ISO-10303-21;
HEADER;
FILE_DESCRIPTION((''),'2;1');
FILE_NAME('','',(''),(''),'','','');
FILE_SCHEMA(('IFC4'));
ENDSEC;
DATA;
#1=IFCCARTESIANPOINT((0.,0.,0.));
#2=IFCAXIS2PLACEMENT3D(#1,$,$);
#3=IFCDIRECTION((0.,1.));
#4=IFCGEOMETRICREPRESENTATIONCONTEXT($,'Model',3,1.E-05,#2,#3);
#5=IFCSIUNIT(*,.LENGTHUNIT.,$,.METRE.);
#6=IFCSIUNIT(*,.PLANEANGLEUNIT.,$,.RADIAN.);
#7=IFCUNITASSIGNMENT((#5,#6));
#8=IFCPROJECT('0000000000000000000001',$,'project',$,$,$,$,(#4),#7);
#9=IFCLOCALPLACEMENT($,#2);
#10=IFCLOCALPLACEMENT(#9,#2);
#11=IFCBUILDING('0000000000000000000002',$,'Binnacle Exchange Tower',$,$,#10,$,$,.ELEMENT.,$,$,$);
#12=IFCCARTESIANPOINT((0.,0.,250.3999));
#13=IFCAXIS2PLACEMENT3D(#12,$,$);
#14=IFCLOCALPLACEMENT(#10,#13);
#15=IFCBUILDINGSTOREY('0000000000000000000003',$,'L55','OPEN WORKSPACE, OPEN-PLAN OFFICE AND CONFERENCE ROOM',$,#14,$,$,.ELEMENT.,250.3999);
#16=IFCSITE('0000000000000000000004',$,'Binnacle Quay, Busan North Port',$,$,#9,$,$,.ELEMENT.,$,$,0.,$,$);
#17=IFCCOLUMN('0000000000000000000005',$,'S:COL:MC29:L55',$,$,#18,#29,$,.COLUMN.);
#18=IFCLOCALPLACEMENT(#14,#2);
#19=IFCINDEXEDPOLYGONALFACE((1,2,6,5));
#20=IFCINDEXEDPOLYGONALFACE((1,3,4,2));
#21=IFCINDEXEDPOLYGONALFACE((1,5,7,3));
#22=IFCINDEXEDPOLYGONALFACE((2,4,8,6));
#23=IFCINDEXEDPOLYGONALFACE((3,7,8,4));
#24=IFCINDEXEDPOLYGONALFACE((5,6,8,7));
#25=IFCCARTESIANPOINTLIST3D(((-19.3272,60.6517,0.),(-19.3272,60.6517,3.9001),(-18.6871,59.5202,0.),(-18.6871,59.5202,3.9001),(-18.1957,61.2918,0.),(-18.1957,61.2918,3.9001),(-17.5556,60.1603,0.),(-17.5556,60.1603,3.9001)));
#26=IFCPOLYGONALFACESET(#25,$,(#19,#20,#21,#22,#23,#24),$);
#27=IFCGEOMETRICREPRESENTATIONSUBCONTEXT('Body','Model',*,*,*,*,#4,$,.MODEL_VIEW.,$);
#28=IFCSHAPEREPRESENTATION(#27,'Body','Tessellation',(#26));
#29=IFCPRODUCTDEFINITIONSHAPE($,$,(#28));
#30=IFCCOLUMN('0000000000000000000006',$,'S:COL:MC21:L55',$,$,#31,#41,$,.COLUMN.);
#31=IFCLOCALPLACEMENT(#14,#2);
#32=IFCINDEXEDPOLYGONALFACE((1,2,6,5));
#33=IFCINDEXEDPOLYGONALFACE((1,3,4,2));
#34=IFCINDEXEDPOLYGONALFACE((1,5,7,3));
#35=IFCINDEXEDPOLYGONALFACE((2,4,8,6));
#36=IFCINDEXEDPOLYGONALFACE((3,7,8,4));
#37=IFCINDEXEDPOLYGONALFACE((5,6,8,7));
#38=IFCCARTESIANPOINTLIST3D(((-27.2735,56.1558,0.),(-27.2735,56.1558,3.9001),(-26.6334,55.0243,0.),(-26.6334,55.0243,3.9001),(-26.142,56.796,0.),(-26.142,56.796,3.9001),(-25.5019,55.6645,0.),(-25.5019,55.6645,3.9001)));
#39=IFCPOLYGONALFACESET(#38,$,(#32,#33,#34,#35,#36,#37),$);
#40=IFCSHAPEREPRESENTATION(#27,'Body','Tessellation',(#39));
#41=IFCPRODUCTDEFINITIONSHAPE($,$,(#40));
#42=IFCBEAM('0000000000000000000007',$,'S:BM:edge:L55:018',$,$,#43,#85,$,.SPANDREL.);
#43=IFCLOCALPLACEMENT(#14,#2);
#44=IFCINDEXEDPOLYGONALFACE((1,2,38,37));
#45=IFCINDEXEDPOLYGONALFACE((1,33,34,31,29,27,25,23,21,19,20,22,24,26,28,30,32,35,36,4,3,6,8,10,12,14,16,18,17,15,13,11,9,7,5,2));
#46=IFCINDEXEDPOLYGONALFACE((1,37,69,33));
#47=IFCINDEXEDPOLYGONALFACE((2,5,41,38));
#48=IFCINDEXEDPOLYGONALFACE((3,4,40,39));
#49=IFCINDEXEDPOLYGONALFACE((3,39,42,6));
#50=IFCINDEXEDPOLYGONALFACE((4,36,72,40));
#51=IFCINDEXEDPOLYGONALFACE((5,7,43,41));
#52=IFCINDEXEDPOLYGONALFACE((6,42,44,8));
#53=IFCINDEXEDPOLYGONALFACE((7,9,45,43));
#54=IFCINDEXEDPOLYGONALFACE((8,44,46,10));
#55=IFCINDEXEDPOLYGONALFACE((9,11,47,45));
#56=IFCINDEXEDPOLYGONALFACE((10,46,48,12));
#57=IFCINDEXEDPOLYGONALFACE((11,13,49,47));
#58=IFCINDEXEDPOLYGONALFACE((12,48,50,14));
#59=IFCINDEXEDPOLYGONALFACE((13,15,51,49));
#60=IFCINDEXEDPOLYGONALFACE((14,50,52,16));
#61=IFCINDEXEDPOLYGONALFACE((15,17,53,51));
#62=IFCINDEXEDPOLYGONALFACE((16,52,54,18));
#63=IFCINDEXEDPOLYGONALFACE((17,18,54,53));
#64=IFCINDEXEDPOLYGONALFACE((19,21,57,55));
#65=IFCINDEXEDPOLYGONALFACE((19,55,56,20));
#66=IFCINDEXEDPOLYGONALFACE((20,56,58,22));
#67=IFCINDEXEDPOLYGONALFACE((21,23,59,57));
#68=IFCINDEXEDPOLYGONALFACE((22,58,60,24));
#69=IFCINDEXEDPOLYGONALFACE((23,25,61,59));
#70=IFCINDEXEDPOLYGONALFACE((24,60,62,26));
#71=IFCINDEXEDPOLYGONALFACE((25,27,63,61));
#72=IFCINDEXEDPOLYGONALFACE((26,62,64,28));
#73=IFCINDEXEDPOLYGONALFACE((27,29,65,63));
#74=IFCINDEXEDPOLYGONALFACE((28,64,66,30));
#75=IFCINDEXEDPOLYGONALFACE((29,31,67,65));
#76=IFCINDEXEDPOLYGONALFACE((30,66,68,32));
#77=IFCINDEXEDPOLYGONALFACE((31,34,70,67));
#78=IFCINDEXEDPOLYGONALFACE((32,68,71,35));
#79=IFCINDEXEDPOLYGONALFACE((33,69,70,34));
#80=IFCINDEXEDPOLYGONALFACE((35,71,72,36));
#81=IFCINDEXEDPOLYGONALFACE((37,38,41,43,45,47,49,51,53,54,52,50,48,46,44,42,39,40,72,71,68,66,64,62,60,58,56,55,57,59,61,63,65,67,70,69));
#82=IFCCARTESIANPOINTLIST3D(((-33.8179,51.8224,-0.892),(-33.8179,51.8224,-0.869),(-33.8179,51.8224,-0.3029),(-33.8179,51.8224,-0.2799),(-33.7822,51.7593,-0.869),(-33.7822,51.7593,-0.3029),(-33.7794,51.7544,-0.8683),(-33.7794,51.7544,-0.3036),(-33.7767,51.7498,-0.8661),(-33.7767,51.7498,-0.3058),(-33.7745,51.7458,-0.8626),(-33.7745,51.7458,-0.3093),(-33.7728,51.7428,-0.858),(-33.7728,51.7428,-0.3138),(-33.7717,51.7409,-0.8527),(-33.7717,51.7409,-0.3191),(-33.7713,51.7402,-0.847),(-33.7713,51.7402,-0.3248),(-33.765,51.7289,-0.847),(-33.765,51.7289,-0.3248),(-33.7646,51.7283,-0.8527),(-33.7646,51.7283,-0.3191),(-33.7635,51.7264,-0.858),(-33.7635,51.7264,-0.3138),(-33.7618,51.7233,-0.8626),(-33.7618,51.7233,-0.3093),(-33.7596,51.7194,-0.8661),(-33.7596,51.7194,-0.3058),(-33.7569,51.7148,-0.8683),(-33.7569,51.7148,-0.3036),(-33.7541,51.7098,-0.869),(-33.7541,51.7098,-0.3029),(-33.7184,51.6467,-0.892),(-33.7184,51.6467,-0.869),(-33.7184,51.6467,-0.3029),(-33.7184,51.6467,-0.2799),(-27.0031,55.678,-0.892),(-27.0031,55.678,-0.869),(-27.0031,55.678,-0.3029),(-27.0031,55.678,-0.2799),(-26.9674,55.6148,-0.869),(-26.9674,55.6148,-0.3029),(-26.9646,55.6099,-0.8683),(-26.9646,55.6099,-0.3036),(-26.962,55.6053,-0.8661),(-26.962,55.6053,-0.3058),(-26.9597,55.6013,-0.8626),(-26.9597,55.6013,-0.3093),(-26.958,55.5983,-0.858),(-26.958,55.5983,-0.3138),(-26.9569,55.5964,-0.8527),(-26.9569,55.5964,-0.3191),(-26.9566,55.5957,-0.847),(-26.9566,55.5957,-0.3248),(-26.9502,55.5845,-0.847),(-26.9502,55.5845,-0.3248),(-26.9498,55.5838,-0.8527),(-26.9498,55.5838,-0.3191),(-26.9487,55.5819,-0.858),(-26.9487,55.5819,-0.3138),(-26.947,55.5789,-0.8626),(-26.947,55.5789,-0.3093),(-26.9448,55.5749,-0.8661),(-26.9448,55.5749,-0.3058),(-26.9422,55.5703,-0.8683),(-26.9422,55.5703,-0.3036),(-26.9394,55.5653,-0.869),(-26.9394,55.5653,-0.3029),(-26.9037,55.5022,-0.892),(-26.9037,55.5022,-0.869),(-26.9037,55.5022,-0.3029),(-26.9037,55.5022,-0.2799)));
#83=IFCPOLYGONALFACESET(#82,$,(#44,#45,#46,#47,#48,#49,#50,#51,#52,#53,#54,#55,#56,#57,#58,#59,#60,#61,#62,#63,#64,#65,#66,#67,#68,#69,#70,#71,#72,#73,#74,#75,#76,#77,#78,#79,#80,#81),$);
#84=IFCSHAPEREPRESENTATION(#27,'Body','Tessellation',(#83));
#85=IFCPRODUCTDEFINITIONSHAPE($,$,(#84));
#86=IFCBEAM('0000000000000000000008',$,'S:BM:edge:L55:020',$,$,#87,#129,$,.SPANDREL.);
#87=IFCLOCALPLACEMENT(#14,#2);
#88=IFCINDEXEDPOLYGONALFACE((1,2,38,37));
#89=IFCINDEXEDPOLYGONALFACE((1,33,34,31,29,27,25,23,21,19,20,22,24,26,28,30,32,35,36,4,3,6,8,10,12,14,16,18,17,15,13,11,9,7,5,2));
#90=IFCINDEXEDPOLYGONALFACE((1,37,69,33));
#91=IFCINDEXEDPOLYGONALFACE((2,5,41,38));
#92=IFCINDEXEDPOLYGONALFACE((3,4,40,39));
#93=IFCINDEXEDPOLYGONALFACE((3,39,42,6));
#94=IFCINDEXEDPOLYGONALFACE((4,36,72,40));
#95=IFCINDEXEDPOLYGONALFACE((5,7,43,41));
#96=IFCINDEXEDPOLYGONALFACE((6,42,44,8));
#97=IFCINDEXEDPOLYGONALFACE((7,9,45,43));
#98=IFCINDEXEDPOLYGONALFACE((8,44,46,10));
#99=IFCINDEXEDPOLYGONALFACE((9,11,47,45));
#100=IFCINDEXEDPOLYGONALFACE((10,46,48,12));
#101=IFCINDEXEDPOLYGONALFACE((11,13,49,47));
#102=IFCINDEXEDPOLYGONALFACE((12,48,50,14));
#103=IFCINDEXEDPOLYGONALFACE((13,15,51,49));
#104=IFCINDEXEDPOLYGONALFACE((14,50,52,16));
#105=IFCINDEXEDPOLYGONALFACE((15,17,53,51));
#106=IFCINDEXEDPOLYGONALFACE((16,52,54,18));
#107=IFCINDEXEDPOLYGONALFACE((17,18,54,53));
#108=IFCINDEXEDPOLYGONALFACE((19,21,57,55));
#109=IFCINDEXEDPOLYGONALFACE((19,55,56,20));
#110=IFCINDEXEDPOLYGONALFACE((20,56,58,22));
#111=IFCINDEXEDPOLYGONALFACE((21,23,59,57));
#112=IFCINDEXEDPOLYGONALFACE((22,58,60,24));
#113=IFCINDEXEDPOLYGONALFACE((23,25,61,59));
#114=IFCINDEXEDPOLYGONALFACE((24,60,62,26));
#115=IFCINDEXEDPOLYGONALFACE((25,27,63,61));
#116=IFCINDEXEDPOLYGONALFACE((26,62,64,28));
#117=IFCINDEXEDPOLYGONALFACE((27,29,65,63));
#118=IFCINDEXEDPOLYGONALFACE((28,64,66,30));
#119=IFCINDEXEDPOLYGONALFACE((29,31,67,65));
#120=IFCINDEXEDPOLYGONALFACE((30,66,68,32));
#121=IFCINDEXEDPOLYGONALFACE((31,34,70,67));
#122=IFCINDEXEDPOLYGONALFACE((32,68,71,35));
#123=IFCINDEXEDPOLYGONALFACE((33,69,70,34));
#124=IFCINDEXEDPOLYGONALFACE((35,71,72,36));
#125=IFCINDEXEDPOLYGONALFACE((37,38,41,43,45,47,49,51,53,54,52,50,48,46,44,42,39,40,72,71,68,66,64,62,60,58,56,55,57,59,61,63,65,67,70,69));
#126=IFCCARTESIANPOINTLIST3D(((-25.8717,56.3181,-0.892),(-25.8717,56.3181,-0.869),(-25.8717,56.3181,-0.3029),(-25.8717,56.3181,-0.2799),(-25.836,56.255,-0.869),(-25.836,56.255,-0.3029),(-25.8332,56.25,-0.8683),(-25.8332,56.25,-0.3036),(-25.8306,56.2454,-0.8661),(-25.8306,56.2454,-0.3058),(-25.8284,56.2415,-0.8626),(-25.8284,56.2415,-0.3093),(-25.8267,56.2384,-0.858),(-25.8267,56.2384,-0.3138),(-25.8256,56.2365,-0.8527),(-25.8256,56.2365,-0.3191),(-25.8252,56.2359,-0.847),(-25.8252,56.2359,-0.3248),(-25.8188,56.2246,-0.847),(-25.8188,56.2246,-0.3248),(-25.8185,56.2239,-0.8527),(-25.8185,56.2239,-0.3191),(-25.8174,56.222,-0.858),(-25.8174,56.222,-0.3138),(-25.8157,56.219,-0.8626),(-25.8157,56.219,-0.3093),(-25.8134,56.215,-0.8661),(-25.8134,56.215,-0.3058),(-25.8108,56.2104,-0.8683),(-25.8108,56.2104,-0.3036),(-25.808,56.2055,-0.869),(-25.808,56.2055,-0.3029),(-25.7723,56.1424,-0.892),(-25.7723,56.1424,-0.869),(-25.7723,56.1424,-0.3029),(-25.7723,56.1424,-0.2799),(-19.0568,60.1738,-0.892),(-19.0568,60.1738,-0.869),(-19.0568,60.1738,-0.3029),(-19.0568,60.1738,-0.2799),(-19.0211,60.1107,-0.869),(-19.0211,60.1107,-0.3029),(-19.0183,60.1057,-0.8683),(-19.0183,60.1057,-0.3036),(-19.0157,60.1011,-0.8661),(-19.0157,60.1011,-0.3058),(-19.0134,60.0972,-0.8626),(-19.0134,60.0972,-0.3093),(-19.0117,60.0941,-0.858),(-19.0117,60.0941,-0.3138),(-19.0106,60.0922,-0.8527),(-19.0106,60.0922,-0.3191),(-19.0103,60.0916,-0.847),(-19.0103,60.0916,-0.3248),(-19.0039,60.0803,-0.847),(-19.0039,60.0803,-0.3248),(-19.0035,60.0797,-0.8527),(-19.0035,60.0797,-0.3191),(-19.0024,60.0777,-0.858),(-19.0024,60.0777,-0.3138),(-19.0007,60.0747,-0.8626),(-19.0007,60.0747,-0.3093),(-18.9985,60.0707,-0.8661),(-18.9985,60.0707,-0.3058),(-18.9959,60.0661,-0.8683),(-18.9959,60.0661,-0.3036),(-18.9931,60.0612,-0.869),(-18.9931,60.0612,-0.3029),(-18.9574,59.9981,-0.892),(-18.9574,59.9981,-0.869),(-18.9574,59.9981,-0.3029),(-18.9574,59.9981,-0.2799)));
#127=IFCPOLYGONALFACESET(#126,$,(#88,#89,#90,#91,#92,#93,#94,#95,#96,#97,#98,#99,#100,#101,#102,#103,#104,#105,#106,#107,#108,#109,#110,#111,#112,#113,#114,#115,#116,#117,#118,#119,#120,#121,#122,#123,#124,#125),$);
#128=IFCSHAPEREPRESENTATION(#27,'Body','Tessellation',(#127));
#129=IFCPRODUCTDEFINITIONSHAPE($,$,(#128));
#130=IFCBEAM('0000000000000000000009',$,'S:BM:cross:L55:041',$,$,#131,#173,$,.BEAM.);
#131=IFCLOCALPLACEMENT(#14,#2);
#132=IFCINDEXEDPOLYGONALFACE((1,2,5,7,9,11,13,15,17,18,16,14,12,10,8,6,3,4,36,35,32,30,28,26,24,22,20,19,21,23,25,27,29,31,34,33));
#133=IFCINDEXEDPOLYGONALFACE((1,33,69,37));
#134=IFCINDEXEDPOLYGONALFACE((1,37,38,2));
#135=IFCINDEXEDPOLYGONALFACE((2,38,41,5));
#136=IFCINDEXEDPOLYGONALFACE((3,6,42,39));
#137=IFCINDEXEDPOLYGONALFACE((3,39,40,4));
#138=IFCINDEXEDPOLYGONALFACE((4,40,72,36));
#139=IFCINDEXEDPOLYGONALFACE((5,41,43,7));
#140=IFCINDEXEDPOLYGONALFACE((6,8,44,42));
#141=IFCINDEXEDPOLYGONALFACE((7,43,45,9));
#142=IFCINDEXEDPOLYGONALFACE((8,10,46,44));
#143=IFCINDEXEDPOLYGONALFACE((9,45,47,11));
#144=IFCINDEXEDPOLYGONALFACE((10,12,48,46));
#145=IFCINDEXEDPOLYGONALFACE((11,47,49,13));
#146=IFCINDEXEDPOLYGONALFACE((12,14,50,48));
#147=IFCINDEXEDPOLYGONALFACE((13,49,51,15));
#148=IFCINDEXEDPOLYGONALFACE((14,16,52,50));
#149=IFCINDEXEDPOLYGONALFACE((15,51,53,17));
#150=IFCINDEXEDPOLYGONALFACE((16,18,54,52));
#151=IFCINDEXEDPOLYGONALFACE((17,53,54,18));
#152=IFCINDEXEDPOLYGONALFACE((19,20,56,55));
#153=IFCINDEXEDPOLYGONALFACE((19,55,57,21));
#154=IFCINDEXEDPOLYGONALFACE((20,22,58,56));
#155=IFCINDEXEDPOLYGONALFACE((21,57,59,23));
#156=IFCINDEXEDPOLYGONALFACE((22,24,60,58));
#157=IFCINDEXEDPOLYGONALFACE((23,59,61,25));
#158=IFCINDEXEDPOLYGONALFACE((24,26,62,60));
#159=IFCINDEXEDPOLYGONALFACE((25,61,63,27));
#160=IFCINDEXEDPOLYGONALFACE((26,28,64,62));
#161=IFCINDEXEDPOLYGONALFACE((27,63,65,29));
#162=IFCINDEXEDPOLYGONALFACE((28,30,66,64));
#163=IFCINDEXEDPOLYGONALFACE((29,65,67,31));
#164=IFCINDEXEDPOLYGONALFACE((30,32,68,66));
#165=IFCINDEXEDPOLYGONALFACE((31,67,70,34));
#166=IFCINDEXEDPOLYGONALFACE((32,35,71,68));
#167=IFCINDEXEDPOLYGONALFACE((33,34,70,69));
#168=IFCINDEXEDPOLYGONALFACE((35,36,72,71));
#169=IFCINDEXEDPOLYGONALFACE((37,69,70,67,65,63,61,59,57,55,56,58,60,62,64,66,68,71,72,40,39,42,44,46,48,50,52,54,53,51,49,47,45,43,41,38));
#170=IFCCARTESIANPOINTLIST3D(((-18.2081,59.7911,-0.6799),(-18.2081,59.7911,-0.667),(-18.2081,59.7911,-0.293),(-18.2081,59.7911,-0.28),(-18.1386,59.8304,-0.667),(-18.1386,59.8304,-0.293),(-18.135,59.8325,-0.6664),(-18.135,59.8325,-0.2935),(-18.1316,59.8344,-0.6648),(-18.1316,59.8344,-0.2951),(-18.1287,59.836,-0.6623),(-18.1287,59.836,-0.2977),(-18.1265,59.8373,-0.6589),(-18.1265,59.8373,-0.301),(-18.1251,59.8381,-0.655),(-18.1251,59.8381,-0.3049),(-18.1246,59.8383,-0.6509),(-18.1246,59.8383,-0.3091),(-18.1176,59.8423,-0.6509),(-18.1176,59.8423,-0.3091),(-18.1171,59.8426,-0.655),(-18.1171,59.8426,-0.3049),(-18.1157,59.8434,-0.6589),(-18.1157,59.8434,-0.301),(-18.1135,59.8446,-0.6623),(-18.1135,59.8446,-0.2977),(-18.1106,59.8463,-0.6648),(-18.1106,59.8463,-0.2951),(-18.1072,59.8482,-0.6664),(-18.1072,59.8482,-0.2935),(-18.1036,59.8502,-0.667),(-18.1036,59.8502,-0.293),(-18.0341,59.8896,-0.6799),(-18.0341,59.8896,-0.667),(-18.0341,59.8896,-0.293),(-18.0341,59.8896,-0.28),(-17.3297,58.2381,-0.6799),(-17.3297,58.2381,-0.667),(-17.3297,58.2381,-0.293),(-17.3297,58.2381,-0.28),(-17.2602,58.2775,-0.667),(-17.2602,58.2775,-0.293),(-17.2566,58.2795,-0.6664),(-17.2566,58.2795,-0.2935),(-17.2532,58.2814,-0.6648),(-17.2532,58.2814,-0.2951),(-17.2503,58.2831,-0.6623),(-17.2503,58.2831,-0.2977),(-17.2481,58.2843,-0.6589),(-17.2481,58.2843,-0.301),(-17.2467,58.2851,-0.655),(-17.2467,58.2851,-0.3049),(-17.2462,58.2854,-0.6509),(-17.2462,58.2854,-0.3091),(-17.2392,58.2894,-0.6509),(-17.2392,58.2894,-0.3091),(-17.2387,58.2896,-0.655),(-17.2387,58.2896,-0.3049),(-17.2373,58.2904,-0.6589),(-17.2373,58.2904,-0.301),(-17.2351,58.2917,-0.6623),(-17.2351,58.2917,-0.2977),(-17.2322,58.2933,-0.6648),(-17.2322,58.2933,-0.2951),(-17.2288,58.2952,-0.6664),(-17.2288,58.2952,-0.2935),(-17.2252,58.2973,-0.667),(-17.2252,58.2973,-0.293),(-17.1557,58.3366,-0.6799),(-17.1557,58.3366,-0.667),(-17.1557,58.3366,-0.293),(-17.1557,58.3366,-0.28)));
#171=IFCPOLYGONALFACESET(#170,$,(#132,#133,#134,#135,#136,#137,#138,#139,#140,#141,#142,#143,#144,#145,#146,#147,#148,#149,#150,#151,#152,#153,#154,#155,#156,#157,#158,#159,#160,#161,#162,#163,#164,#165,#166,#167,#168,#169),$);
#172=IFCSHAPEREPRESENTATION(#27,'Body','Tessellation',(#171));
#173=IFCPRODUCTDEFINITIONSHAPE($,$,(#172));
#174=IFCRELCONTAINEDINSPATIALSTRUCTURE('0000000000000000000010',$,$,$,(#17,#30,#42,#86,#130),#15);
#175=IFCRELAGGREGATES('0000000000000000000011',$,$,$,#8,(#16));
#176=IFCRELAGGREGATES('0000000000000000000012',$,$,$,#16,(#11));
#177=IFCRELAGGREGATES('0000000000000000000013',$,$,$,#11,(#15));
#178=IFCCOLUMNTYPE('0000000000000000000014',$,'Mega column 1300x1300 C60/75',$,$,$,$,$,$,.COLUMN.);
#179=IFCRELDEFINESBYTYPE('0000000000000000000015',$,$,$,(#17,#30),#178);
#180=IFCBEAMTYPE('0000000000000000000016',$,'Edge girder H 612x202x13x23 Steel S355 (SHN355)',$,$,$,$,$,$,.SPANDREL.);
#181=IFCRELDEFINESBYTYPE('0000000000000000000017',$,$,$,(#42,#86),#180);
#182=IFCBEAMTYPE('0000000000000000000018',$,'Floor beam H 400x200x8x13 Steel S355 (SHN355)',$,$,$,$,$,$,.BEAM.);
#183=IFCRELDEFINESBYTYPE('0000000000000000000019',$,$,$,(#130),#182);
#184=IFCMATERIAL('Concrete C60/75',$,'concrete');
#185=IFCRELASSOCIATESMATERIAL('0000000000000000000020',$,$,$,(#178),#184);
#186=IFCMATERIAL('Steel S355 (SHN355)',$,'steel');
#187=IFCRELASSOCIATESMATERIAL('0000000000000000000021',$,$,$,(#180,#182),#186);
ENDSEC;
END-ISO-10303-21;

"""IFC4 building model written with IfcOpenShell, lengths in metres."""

from ifc_helpers import new_model, si_unit, direction, frame, origin, origin_2d, place, context, subcontext, project, spatial, rectangle, i_section, extrude, material, material_profile, profile_set, type_object, element, save


model = new_model("IFC4")

# Units and contexts
model_context = context("Model", 3, precision=1e-05, world=origin(), true_north=direction((0.0, 1.0)))
body_context = subcontext(model_context, "Body", "Model", "MODEL_VIEW")
ifc_project = project(units=[si_unit("LENGTHUNIT", "METRE"), si_unit("PLANEANGLEUNIT", "RADIAN")], contexts=[model_context])

# Site, building, storey
site_placement = place(None, origin())
site = spatial("IfcSite", under=ifc_project, at=site_placement, Name="Binnacle Quay, Busan North Port", CompositionType="ELEMENT", RefElevation=0.0)
building_placement = place(site_placement, origin())
building = spatial("IfcBuilding", under=site, at=building_placement, Name="Binnacle Exchange Tower", CompositionType="ELEMENT")
storey_placement = place(building_placement, frame((0.0, 0.0, 250.3999)))
storey = spatial("IfcBuildingStorey", under=building, at=storey_placement, Name="L55", Description="OPEN WORKSPACE, OPEN-PLAN OFFICE AND CONFERENCE ROOM", CompositionType="ELEMENT", Elevation=250.3999)

# Columns
ifc_material_1 = material(Name="Concrete C60/75", Category="concrete")
ifc_material_profile_1 = material_profile(ifc_material_1, rectangle(XDim=1.3, YDim=1.3, at=origin_2d()), Name="Mega column 1300x1300 C60/75")
ifc_profile_set_1 = profile_set([ifc_material_profile_1], Name="Concrete C60/75")
column_type = type_object("IfcColumnType", Name="Mega column 1300x1300 C60/75", PredefinedType="COLUMN", material=ifc_profile_set_1)
for number, where, z_axis, x_axis, name in (
    (1, (-18.4414, 60.406, 0.0), (0.0, 0.0, 1.0), (-0.870356, -0.492424, 0.0), "S:COL:MC29:L55"),
    (2, (-26.3877, 55.9102, 0.0), (0.0, 0.0, 1.0), (-0.870356, -0.492424, 0.0), "S:COL:MC21:L55"),
):
    element("IfcColumn", number, at=place(storey_placement, frame(where, z_axis=z_axis, x_axis=x_axis)), inside=storey, type_object=column_type, Name=name, PredefinedType="COLUMN", context=body_context, shape_type="SweptSolid", body=[
        extrude(rectangle(XDim=1.3, YDim=1.3, at=origin_2d()), origin(), (0.0, 0.0, 1.0), 3.9001),
    ])

# Beams
ifc_material_2 = material(Name="Steel S355 (SHN355)", Category="steel")
ifc_material_profile_2 = material_profile(ifc_material_2, i_section(OverallWidth=0.2019, OverallDepth=0.6121, WebThickness=0.0129, FlangeThickness=0.0229, FilletRadius=0.022, at=origin_2d()), Name="H 612x202x13x23")
ifc_profile_set_2 = profile_set([ifc_material_profile_2], Name="Steel S355 (SHN355)")
beam_type_1 = type_object("IfcBeamType", Name="Edge girder H 612x202x13x23 Steel S355 (SHN355)", PredefinedType="SPANDREL", material=ifc_profile_set_2)
beam_1_placement = place(storey_placement, frame((-26.9534, 55.5901, -0.5859), z_axis=(-0.870361, -0.492414, 0.0), x_axis=(0.492414, -0.870361, 0.0)))
element("IfcBeam", 3, at=beam_1_placement, inside=storey, type_object=beam_type_1, Name="S:BM:edge:L55:018", PredefinedType="SPANDREL", context=body_context, shape_type="SweptSolid", body=[
    extrude(i_section(OverallWidth=0.2019, OverallDepth=0.6121, WebThickness=0.0129, FlangeThickness=0.0229, FilletRadius=0.022, at=origin_2d()), origin(), (0.0, 0.0, 1.0), 7.8298),
])
beam_2_placement = place(storey_placement, frame((-19.0071, 60.0859, -0.5859), z_axis=(-0.870355, -0.492424, 0.0), x_axis=(0.492424, -0.870355, 0.0)))
element("IfcBeam", 4, at=beam_2_placement, inside=storey, type_object=beam_type_1, Name="S:BM:edge:L55:020", PredefinedType="SPANDREL", context=body_context, shape_type="SweptSolid", body=[
    extrude(i_section(OverallWidth=0.2019, OverallDepth=0.6121, WebThickness=0.0129, FlangeThickness=0.0229, FilletRadius=0.022, at=origin_2d()), origin(), (0.0, 0.0, 1.0), 7.8301),
])
ifc_material_profile_3 = material_profile(ifc_material_2, i_section(OverallWidth=0.2, OverallDepth=0.3999, WebThickness=0.0081, FlangeThickness=0.0129, FilletRadius=0.0161, at=origin_2d()), Name="H 400x200x8x13")
ifc_profile_set_3 = profile_set([ifc_material_profile_3], Name="Steel S355 (SHN355)")
beam_type_2 = type_object("IfcBeamType", Name="Floor beam H 400x200x8x13 Steel S355 (SHN355)", PredefinedType="BEAM", material=ifc_profile_set_3)
beam_3_placement = place(storey_placement, frame((-18.1211, 59.8403, -0.48), z_axis=(0.492332, -0.870407, 0.0), x_axis=(0.870407, 0.492332, 0.0)))
element("IfcBeam", 5, at=beam_3_placement, inside=storey, type_object=beam_type_2, Name="S:BM:cross:L55:041", PredefinedType="BEAM", context=body_context, shape_type="SweptSolid", body=[
    extrude(i_section(OverallWidth=0.2, OverallDepth=0.3999, WebThickness=0.0081, FlangeThickness=0.0129, FilletRadius=0.0161, at=origin_2d()), origin(), (0.0, 0.0, 1.0), 1.7842),
])

save(model, "model.ifc")
